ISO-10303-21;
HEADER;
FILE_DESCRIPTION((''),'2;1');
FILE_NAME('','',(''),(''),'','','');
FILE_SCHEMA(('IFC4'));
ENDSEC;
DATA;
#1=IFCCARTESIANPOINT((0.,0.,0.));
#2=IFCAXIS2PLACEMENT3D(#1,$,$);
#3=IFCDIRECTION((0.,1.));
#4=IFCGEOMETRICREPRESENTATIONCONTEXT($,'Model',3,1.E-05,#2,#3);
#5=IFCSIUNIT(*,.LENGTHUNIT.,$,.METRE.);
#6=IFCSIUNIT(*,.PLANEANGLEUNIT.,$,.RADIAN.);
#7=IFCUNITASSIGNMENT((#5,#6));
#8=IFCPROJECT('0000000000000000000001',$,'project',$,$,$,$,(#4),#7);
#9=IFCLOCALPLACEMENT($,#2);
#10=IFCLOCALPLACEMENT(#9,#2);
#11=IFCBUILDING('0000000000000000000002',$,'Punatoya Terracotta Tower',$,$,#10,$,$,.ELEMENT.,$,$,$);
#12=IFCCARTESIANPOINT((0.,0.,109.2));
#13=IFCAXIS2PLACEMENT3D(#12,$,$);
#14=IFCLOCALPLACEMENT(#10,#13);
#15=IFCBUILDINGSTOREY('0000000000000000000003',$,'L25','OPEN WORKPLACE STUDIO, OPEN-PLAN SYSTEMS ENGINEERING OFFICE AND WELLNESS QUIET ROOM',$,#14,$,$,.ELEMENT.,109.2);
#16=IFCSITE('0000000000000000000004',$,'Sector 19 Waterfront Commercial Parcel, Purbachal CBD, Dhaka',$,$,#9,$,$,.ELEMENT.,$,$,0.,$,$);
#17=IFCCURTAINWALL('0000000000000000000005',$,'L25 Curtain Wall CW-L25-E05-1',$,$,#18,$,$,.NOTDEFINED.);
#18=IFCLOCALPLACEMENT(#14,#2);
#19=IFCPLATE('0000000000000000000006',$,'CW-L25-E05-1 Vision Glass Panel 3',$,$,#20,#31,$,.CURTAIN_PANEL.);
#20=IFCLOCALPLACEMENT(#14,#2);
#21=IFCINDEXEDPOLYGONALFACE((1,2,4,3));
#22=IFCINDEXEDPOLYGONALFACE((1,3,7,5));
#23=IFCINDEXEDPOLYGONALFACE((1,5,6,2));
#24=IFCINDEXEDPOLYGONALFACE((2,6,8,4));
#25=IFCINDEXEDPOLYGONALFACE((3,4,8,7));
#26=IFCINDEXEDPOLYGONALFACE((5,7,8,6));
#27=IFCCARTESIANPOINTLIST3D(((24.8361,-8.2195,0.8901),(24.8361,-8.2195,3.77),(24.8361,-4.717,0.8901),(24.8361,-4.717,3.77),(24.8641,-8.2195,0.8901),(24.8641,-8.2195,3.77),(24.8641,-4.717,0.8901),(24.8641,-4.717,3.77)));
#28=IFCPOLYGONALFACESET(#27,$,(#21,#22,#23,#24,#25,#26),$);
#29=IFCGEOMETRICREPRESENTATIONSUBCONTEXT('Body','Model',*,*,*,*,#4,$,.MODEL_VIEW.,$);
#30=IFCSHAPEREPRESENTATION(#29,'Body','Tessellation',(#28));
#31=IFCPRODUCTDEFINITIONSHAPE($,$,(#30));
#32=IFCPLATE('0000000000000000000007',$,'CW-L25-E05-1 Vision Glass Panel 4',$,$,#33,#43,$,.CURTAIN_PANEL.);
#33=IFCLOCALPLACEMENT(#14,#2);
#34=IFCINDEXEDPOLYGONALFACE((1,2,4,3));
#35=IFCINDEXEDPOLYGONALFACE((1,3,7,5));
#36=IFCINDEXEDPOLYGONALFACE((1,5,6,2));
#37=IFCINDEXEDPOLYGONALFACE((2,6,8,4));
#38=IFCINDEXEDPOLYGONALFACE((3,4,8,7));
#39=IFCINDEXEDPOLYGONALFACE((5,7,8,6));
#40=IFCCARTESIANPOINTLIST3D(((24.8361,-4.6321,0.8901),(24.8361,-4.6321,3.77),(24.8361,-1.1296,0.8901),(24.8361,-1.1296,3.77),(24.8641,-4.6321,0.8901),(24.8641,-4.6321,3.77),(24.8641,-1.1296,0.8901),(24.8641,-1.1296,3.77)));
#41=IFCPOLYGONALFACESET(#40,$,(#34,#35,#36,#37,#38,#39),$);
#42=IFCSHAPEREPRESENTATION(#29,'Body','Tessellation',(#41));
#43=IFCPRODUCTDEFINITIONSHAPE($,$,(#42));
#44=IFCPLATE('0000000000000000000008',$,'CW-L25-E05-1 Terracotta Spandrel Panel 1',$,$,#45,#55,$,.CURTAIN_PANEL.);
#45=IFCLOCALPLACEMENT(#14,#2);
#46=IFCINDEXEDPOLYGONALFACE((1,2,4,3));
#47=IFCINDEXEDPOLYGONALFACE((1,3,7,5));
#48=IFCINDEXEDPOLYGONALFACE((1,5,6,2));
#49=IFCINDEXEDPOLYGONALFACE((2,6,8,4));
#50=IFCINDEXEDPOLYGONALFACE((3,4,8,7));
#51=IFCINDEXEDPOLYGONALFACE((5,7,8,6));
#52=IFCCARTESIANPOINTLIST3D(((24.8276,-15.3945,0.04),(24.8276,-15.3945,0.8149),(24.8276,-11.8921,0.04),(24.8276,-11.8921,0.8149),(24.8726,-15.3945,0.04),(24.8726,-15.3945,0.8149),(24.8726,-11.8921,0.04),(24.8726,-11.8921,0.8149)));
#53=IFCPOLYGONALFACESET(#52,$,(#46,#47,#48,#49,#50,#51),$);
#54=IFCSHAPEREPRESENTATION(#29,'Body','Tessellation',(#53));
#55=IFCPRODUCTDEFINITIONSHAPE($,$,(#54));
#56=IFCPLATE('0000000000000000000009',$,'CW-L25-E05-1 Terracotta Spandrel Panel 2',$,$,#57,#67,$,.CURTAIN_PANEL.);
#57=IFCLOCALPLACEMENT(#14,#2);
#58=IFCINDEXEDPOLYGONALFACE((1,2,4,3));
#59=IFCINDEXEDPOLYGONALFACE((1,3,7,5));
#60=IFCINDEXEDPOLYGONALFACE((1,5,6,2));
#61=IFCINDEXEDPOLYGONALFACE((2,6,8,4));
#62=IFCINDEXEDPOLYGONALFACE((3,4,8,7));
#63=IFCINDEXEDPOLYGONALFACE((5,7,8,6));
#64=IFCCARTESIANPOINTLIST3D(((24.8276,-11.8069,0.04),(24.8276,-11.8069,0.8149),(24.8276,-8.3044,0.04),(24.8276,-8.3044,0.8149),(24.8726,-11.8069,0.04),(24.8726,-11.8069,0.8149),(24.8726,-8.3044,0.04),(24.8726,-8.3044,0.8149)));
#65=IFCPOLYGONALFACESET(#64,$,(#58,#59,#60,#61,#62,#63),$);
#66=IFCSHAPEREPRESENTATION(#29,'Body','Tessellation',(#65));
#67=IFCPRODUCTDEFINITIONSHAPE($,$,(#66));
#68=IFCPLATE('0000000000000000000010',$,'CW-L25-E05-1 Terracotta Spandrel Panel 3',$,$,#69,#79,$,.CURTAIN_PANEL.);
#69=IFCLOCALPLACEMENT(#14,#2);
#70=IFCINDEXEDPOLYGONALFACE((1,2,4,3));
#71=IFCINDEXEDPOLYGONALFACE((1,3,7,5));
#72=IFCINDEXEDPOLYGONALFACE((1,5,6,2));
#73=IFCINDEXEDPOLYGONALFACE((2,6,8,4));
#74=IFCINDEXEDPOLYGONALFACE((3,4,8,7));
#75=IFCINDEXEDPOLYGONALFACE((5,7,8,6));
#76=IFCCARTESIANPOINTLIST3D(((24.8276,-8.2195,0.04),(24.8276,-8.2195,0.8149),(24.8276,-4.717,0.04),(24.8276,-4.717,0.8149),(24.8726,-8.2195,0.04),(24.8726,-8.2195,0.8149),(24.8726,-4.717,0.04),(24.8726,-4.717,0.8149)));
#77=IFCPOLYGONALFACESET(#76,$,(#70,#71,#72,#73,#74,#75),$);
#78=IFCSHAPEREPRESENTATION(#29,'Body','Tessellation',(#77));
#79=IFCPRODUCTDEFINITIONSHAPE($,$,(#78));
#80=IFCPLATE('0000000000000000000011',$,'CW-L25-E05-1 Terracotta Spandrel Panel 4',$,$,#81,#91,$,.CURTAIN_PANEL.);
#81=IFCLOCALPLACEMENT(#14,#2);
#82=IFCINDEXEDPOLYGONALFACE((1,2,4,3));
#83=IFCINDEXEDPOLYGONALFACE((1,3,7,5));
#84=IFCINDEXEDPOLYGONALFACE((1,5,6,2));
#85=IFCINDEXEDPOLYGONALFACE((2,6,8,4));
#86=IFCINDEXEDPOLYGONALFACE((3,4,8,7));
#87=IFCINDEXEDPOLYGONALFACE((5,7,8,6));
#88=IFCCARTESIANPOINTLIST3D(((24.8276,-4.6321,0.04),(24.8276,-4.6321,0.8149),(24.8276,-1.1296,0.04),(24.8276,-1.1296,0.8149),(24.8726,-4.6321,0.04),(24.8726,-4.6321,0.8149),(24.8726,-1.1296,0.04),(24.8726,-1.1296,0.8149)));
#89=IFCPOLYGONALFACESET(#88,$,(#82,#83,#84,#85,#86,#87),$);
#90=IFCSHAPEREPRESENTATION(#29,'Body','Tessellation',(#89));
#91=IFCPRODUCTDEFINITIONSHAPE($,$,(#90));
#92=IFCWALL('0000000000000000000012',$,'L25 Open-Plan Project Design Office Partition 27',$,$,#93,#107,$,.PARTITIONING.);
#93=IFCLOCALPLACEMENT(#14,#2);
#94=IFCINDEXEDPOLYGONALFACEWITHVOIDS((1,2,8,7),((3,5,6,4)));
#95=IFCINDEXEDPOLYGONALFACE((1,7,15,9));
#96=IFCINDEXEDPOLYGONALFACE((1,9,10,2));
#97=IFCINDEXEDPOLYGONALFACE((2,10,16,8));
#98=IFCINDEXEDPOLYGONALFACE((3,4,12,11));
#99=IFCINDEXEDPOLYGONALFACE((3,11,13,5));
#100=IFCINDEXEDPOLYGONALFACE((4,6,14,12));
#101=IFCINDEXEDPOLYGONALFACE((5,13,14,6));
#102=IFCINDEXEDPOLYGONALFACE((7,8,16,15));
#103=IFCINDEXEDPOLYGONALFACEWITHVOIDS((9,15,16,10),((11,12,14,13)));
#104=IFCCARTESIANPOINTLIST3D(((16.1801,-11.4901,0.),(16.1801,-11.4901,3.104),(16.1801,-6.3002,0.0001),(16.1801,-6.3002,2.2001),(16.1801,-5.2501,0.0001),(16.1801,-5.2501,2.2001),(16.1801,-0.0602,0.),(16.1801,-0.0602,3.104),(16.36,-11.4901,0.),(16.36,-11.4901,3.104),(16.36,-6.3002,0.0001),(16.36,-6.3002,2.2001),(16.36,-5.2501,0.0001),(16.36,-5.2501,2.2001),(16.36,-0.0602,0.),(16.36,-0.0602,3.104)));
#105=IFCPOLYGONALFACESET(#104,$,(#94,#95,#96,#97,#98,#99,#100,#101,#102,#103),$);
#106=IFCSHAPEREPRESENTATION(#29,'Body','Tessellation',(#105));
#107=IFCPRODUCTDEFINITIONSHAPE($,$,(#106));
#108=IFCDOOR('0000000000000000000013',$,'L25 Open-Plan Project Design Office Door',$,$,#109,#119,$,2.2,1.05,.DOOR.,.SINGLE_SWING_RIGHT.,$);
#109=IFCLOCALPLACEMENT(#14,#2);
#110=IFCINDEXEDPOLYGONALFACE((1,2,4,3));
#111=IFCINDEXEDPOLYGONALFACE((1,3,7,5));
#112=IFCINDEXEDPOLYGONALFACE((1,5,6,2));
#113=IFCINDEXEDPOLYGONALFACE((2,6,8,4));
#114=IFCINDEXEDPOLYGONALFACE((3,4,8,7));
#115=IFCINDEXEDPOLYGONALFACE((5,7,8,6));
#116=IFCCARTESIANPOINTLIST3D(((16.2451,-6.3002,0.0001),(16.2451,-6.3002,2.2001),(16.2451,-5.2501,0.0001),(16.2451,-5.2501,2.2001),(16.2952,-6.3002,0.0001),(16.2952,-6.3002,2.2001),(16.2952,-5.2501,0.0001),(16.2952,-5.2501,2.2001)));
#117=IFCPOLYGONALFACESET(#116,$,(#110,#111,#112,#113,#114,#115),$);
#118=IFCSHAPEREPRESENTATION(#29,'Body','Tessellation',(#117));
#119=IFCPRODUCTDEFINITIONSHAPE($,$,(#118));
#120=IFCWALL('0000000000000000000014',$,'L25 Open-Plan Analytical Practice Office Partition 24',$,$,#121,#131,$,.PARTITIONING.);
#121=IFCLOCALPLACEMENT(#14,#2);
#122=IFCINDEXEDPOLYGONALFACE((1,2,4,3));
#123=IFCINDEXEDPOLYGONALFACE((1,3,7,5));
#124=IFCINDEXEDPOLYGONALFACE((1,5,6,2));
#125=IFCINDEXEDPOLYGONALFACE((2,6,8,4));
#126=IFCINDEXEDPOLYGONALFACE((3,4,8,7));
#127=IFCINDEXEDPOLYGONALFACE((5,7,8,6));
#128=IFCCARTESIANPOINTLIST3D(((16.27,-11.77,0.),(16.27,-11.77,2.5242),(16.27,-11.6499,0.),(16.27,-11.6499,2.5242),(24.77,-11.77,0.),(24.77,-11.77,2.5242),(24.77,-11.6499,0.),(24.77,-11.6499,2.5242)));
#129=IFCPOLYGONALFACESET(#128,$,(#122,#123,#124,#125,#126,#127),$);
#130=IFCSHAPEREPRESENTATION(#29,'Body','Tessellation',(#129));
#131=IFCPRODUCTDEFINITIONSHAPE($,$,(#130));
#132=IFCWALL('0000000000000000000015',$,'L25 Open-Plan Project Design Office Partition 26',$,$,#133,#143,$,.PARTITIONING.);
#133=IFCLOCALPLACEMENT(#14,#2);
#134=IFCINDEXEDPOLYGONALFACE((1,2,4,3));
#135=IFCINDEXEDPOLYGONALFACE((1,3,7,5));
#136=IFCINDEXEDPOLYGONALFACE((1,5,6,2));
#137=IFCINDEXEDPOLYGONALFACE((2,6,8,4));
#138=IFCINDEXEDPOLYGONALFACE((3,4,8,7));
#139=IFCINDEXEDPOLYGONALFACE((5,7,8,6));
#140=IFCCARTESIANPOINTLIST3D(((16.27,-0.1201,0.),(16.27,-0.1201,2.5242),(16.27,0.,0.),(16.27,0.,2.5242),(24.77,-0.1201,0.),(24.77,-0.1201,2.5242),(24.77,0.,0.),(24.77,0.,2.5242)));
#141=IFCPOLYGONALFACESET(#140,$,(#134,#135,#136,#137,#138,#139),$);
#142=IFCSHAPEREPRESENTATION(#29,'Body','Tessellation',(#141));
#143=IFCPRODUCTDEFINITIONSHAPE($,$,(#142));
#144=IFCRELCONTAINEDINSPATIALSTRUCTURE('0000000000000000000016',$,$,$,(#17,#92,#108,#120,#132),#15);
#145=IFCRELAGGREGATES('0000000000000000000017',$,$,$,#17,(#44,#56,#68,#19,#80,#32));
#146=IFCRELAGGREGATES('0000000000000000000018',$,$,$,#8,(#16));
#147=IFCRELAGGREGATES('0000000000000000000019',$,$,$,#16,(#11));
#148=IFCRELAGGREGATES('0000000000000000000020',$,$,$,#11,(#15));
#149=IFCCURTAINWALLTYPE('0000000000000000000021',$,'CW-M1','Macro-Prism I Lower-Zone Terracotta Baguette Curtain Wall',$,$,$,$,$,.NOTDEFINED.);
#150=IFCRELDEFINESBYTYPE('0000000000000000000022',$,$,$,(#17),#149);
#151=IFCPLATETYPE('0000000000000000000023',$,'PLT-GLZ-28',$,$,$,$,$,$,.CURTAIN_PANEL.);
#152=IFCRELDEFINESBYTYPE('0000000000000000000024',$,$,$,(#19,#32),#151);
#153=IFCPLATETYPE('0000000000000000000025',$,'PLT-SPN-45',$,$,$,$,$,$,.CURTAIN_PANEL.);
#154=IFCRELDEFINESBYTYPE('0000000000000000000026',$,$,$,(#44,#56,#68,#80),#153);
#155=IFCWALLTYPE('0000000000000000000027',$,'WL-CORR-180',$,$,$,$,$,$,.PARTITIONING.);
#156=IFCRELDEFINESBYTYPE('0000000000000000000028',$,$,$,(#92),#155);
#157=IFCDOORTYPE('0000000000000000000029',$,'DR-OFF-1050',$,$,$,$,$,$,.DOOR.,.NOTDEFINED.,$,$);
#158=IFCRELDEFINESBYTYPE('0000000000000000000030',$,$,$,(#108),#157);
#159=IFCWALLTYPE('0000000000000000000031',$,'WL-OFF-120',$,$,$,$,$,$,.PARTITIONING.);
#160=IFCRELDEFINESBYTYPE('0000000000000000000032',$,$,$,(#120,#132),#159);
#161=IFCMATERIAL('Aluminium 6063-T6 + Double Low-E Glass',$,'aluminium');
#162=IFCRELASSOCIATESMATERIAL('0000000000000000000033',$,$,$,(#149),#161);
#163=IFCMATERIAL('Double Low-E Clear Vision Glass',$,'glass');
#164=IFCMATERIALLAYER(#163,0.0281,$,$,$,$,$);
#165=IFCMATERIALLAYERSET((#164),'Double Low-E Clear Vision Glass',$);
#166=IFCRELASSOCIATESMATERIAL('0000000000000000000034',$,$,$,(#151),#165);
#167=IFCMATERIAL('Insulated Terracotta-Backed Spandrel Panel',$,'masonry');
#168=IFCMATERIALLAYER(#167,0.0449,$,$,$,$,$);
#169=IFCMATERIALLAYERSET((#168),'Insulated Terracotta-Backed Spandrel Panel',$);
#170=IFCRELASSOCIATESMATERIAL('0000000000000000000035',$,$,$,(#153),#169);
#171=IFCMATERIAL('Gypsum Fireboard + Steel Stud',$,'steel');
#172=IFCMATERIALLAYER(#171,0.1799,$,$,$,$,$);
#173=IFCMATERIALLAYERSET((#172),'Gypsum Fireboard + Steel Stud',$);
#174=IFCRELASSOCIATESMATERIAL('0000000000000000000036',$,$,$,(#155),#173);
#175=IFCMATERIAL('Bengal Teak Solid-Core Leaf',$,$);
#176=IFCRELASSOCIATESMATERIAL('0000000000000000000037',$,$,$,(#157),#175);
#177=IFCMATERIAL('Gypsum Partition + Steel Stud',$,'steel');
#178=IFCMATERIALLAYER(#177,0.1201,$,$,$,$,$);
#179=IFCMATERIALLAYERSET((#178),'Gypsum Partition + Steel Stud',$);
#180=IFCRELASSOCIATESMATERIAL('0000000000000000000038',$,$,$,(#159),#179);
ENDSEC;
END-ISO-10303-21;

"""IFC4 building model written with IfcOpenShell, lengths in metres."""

from ifc_helpers import new_model, si_unit, direction, frame, frame_2d, origin, origin_2d, place, context, subcontext, project, spatial, rectangle, extrude, material, layer, layer_set, type_object, element, fill, aggregate, save


model = new_model("IFC4")

# Units and contexts
model_context = context("Model", 3, precision=1e-05, world=origin(), true_north=direction((0.0, 1.0)))
body_context = subcontext(model_context, "Body", "Model", "MODEL_VIEW")
ifc_project = project(units=[si_unit("LENGTHUNIT", "METRE"), si_unit("PLANEANGLEUNIT", "RADIAN")], contexts=[model_context])

# Site, building, storey
site_placement = place(None, origin())
site = spatial("IfcSite", under=ifc_project, at=site_placement, Name="Sector 19 Waterfront Commercial Parcel, Purbachal CBD, Dhaka", CompositionType="ELEMENT", RefElevation=0.0)
building_placement = place(site_placement, origin())
building = spatial("IfcBuilding", under=site, at=building_placement, Name="Punatoya Terracotta Tower", CompositionType="ELEMENT")
storey_placement = place(building_placement, frame((0.0, 0.0, 109.2)))
storey = spatial("IfcBuildingStorey", under=building, at=storey_placement, Name="L25", Description="OPEN WORKPLACE STUDIO, OPEN-PLAN SYSTEMS ENGINEERING OFFICE AND WELLNESS QUIET ROOM", CompositionType="ELEMENT", Elevation=109.2)

# Curtain wall, plates
ifc_material_1 = material(Name="Aluminium 6063-T6 + Double Low-E Glass", Category="aluminium")
curtain_wall_type = type_object("IfcCurtainWallType", Name="CW-M1", Description="Macro-Prism I Lower-Zone Terracotta Baguette Curtain Wall", PredefinedType="NOTDEFINED", material=ifc_material_1)
curtain_wall_placement = place(storey_placement, origin())
curtain_wall = element("IfcCurtainWall", 1, at=curtain_wall_placement, inside=storey, type_object=curtain_wall_type, Name="L25 Curtain Wall CW-L25-E05-1", PredefinedType="NOTDEFINED")
ifc_material_2 = material(Name="Double Low-E Clear Vision Glass", Category="glass")
ifc_layer_1 = layer(ifc_material_2, 0.0281)
ifc_layer_set_1 = layer_set([ifc_layer_1], Name="Double Low-E Clear Vision Glass")
plate_type_1 = type_object("IfcPlateType", Name="PLT-GLZ-28", PredefinedType="CURTAIN_PANEL", material=ifc_layer_set_1)
plate_1_placement = place(storey_placement, frame((24.8501, -6.4683, 0.8901), z_axis=(0.0, 0.0, 1.0), x_axis=(0.0, 1.0, 0.0)))
plate_1 = element("IfcPlate", 2, at=plate_1_placement, type_object=plate_type_1, Name="CW-L25-E05-1 Vision Glass Panel 3", PredefinedType="CURTAIN_PANEL", context=body_context, shape_type="SweptSolid", body=[
    extrude(rectangle(XDim=3.5024, YDim=0.0281, at=origin_2d()), origin(), (0.0, 0.0, 1.0), 2.8799),
])
plate_2_placement = place(storey_placement, frame((24.8501, -2.8809, 0.8901), z_axis=(0.0, 0.0, 1.0), x_axis=(0.0, 1.0, 0.0)))
plate_2 = element("IfcPlate", 3, at=plate_2_placement, type_object=plate_type_1, Name="CW-L25-E05-1 Vision Glass Panel 4", PredefinedType="CURTAIN_PANEL", context=body_context, shape_type="SweptSolid", body=[
    extrude(rectangle(XDim=3.5024, YDim=0.0281, at=origin_2d()), origin(), (0.0, 0.0, 1.0), 2.8799),
])
ifc_material_3 = material(Name="Insulated Terracotta-Backed Spandrel Panel", Category="masonry")
ifc_layer_2 = layer(ifc_material_3, 0.0449)
ifc_layer_set_2 = layer_set([ifc_layer_2], Name="Insulated Terracotta-Backed Spandrel Panel")
plate_type_2 = type_object("IfcPlateType", Name="PLT-SPN-45", PredefinedType="CURTAIN_PANEL", material=ifc_layer_set_2)
plate_3_placement = place(storey_placement, frame((24.8501, -13.6433, 0.04), z_axis=(0.0, 0.0, 1.0), x_axis=(0.0, 1.0, 0.0)))
plate_3 = element("IfcPlate", 4, at=plate_3_placement, type_object=plate_type_2, Name="CW-L25-E05-1 Terracotta Spandrel Panel 1", PredefinedType="CURTAIN_PANEL", context=body_context, shape_type="SweptSolid", body=[
    extrude(rectangle(XDim=3.5024, YDim=0.0449, at=origin_2d()), origin(), (0.0, 0.0, 1.0), 0.7749),
])
plate_4_placement = place(storey_placement, frame((24.8501, -10.0557, 0.04), z_axis=(0.0, 0.0, 1.0), x_axis=(0.0, 1.0, 0.0)))
plate_4 = element("IfcPlate", 5, at=plate_4_placement, type_object=plate_type_2, Name="CW-L25-E05-1 Terracotta Spandrel Panel 2", PredefinedType="CURTAIN_PANEL", context=body_context, shape_type="SweptSolid", body=[
    extrude(rectangle(XDim=3.5024, YDim=0.0449, at=origin_2d()), origin(), (0.0, 0.0, 1.0), 0.7749),
])
plate_5_placement = place(storey_placement, frame((24.8501, -6.4683, 0.04), z_axis=(0.0, 0.0, 1.0), x_axis=(0.0, 1.0, 0.0)))
plate_5 = element("IfcPlate", 6, at=plate_5_placement, type_object=plate_type_2, Name="CW-L25-E05-1 Terracotta Spandrel Panel 3", PredefinedType="CURTAIN_PANEL", context=body_context, shape_type="SweptSolid", body=[
    extrude(rectangle(XDim=3.5024, YDim=0.0449, at=origin_2d()), origin(), (0.0, 0.0, 1.0), 0.7749),
])
plate_6_placement = place(storey_placement, frame((24.8501, -2.8809, 0.04), z_axis=(0.0, 0.0, 1.0), x_axis=(0.0, 1.0, 0.0)))
plate_6 = element("IfcPlate", 7, at=plate_6_placement, type_object=plate_type_2, Name="CW-L25-E05-1 Terracotta Spandrel Panel 4", PredefinedType="CURTAIN_PANEL", context=body_context, shape_type="SweptSolid", body=[
    extrude(rectangle(XDim=3.5024, YDim=0.0449, at=origin_2d()), origin(), (0.0, 0.0, 1.0), 0.7749),
])
aggregate(curtain_wall, [plate_3, plate_4, plate_5, plate_1, plate_6, plate_2])

# Wall, opening, door
ifc_material_4 = material(Name="Gypsum Fireboard + Steel Stud", Category="steel")
ifc_layer_3 = layer(ifc_material_4, 0.1799)
ifc_layer_set_3 = layer_set([ifc_layer_3], Name="Gypsum Fireboard + Steel Stud")
wall_type_1 = type_object("IfcWallType", Name="WL-CORR-180", PredefinedType="PARTITIONING", material=ifc_layer_set_3)
wall_placement = place(storey_placement, frame((16.27, -11.49, 0.0), z_axis=(0.0, 0.0, 1.0), x_axis=(0.0, 1.0, 0.0)))
wall = element("IfcWall", 8, at=wall_placement, inside=storey, type_object=wall_type_1, Name="L25 Open-Plan Project Design Office Partition 27", PredefinedType="PARTITIONING", context=body_context, shape_type="SweptSolid", body=[
    extrude(rectangle(XDim=11.4299, YDim=0.1799, at=frame_2d((5.7148, 0.0))), origin(), (0.0, 0.0, 1.0), 3.104),
])
opening_placement = place(wall_placement, frame((5.1899, 0.0, 0.0)))
opening = element("IfcOpeningElement", 9, at=opening_placement, cuts=wall, PredefinedType="OPENING", context=body_context, shape_type="SweptSolid", body=[
    extrude(rectangle(XDim=1.05, YDim=2.2, at=frame_2d((0.5249, 1.1001))), frame((0.0, 0.0999, 0.0), z_axis=(0.0, -1.0, 0.0), x_axis=(1.0, 0.0, 0.0)), (0.0, 0.0, 1.0), 0.2),
])
ifc_material_5 = material(Name="Bengal Teak Solid-Core Leaf")
door_type = type_object("IfcDoorType", Name="DR-OFF-1050", OperationType="NOTDEFINED", PredefinedType="DOOR", material=ifc_material_5)
door_placement = place(opening_placement, origin())
door = element("IfcDoor", 10, at=door_placement, inside=storey, type_object=door_type, Name="L25 Open-Plan Project Design Office Door", OperationType="SINGLE_SWING_RIGHT", OverallHeight=2.2, OverallWidth=1.05, PredefinedType="DOOR", context=body_context, shape_type="SweptSolid", body=[
    extrude(rectangle(XDim=1.05, YDim=2.2, at=frame_2d((0.5249, 1.1001))), frame((0.0, 0.0249, 0.0), z_axis=(0.0, -1.0, 0.0), x_axis=(1.0, 0.0, 0.0)), (0.0, 0.0, 1.0), 0.05),
])
fill(opening, door)

# Walls
ifc_material_6 = material(Name="Gypsum Partition + Steel Stud", Category="steel")
ifc_layer_4 = layer(ifc_material_6, 0.1201)
ifc_layer_set_4 = layer_set([ifc_layer_4], Name="Gypsum Partition + Steel Stud")
wall_type_2 = type_object("IfcWallType", Name="WL-OFF-120", PredefinedType="PARTITIONING", material=ifc_layer_set_4)
for number, where, z_axis, x_axis, name in (
    (11, (16.27, -11.71, 0.0), (0.0, 0.0, 1.0), (1.0, 0.0, 0.0), "L25 Open-Plan Analytical Practice Office Partition 24"),
    (12, (16.27, -0.0601, 0.0), (0.0, 0.0, 1.0), (1.0, 0.0, 0.0), "L25 Open-Plan Project Design Office Partition 26"),
):
    element("IfcWall", number, at=place(storey_placement, frame(where, z_axis=z_axis, x_axis=x_axis)), inside=storey, type_object=wall_type_2, Name=name, PredefinedType="PARTITIONING", context=body_context, shape_type="SweptSolid", body=[
        extrude(rectangle(XDim=8.5, YDim=0.1201, at=frame_2d((4.25, 0.0))), origin(), (0.0, 0.0, 1.0), 2.5242),
    ])

save(model, "model.ifc")
